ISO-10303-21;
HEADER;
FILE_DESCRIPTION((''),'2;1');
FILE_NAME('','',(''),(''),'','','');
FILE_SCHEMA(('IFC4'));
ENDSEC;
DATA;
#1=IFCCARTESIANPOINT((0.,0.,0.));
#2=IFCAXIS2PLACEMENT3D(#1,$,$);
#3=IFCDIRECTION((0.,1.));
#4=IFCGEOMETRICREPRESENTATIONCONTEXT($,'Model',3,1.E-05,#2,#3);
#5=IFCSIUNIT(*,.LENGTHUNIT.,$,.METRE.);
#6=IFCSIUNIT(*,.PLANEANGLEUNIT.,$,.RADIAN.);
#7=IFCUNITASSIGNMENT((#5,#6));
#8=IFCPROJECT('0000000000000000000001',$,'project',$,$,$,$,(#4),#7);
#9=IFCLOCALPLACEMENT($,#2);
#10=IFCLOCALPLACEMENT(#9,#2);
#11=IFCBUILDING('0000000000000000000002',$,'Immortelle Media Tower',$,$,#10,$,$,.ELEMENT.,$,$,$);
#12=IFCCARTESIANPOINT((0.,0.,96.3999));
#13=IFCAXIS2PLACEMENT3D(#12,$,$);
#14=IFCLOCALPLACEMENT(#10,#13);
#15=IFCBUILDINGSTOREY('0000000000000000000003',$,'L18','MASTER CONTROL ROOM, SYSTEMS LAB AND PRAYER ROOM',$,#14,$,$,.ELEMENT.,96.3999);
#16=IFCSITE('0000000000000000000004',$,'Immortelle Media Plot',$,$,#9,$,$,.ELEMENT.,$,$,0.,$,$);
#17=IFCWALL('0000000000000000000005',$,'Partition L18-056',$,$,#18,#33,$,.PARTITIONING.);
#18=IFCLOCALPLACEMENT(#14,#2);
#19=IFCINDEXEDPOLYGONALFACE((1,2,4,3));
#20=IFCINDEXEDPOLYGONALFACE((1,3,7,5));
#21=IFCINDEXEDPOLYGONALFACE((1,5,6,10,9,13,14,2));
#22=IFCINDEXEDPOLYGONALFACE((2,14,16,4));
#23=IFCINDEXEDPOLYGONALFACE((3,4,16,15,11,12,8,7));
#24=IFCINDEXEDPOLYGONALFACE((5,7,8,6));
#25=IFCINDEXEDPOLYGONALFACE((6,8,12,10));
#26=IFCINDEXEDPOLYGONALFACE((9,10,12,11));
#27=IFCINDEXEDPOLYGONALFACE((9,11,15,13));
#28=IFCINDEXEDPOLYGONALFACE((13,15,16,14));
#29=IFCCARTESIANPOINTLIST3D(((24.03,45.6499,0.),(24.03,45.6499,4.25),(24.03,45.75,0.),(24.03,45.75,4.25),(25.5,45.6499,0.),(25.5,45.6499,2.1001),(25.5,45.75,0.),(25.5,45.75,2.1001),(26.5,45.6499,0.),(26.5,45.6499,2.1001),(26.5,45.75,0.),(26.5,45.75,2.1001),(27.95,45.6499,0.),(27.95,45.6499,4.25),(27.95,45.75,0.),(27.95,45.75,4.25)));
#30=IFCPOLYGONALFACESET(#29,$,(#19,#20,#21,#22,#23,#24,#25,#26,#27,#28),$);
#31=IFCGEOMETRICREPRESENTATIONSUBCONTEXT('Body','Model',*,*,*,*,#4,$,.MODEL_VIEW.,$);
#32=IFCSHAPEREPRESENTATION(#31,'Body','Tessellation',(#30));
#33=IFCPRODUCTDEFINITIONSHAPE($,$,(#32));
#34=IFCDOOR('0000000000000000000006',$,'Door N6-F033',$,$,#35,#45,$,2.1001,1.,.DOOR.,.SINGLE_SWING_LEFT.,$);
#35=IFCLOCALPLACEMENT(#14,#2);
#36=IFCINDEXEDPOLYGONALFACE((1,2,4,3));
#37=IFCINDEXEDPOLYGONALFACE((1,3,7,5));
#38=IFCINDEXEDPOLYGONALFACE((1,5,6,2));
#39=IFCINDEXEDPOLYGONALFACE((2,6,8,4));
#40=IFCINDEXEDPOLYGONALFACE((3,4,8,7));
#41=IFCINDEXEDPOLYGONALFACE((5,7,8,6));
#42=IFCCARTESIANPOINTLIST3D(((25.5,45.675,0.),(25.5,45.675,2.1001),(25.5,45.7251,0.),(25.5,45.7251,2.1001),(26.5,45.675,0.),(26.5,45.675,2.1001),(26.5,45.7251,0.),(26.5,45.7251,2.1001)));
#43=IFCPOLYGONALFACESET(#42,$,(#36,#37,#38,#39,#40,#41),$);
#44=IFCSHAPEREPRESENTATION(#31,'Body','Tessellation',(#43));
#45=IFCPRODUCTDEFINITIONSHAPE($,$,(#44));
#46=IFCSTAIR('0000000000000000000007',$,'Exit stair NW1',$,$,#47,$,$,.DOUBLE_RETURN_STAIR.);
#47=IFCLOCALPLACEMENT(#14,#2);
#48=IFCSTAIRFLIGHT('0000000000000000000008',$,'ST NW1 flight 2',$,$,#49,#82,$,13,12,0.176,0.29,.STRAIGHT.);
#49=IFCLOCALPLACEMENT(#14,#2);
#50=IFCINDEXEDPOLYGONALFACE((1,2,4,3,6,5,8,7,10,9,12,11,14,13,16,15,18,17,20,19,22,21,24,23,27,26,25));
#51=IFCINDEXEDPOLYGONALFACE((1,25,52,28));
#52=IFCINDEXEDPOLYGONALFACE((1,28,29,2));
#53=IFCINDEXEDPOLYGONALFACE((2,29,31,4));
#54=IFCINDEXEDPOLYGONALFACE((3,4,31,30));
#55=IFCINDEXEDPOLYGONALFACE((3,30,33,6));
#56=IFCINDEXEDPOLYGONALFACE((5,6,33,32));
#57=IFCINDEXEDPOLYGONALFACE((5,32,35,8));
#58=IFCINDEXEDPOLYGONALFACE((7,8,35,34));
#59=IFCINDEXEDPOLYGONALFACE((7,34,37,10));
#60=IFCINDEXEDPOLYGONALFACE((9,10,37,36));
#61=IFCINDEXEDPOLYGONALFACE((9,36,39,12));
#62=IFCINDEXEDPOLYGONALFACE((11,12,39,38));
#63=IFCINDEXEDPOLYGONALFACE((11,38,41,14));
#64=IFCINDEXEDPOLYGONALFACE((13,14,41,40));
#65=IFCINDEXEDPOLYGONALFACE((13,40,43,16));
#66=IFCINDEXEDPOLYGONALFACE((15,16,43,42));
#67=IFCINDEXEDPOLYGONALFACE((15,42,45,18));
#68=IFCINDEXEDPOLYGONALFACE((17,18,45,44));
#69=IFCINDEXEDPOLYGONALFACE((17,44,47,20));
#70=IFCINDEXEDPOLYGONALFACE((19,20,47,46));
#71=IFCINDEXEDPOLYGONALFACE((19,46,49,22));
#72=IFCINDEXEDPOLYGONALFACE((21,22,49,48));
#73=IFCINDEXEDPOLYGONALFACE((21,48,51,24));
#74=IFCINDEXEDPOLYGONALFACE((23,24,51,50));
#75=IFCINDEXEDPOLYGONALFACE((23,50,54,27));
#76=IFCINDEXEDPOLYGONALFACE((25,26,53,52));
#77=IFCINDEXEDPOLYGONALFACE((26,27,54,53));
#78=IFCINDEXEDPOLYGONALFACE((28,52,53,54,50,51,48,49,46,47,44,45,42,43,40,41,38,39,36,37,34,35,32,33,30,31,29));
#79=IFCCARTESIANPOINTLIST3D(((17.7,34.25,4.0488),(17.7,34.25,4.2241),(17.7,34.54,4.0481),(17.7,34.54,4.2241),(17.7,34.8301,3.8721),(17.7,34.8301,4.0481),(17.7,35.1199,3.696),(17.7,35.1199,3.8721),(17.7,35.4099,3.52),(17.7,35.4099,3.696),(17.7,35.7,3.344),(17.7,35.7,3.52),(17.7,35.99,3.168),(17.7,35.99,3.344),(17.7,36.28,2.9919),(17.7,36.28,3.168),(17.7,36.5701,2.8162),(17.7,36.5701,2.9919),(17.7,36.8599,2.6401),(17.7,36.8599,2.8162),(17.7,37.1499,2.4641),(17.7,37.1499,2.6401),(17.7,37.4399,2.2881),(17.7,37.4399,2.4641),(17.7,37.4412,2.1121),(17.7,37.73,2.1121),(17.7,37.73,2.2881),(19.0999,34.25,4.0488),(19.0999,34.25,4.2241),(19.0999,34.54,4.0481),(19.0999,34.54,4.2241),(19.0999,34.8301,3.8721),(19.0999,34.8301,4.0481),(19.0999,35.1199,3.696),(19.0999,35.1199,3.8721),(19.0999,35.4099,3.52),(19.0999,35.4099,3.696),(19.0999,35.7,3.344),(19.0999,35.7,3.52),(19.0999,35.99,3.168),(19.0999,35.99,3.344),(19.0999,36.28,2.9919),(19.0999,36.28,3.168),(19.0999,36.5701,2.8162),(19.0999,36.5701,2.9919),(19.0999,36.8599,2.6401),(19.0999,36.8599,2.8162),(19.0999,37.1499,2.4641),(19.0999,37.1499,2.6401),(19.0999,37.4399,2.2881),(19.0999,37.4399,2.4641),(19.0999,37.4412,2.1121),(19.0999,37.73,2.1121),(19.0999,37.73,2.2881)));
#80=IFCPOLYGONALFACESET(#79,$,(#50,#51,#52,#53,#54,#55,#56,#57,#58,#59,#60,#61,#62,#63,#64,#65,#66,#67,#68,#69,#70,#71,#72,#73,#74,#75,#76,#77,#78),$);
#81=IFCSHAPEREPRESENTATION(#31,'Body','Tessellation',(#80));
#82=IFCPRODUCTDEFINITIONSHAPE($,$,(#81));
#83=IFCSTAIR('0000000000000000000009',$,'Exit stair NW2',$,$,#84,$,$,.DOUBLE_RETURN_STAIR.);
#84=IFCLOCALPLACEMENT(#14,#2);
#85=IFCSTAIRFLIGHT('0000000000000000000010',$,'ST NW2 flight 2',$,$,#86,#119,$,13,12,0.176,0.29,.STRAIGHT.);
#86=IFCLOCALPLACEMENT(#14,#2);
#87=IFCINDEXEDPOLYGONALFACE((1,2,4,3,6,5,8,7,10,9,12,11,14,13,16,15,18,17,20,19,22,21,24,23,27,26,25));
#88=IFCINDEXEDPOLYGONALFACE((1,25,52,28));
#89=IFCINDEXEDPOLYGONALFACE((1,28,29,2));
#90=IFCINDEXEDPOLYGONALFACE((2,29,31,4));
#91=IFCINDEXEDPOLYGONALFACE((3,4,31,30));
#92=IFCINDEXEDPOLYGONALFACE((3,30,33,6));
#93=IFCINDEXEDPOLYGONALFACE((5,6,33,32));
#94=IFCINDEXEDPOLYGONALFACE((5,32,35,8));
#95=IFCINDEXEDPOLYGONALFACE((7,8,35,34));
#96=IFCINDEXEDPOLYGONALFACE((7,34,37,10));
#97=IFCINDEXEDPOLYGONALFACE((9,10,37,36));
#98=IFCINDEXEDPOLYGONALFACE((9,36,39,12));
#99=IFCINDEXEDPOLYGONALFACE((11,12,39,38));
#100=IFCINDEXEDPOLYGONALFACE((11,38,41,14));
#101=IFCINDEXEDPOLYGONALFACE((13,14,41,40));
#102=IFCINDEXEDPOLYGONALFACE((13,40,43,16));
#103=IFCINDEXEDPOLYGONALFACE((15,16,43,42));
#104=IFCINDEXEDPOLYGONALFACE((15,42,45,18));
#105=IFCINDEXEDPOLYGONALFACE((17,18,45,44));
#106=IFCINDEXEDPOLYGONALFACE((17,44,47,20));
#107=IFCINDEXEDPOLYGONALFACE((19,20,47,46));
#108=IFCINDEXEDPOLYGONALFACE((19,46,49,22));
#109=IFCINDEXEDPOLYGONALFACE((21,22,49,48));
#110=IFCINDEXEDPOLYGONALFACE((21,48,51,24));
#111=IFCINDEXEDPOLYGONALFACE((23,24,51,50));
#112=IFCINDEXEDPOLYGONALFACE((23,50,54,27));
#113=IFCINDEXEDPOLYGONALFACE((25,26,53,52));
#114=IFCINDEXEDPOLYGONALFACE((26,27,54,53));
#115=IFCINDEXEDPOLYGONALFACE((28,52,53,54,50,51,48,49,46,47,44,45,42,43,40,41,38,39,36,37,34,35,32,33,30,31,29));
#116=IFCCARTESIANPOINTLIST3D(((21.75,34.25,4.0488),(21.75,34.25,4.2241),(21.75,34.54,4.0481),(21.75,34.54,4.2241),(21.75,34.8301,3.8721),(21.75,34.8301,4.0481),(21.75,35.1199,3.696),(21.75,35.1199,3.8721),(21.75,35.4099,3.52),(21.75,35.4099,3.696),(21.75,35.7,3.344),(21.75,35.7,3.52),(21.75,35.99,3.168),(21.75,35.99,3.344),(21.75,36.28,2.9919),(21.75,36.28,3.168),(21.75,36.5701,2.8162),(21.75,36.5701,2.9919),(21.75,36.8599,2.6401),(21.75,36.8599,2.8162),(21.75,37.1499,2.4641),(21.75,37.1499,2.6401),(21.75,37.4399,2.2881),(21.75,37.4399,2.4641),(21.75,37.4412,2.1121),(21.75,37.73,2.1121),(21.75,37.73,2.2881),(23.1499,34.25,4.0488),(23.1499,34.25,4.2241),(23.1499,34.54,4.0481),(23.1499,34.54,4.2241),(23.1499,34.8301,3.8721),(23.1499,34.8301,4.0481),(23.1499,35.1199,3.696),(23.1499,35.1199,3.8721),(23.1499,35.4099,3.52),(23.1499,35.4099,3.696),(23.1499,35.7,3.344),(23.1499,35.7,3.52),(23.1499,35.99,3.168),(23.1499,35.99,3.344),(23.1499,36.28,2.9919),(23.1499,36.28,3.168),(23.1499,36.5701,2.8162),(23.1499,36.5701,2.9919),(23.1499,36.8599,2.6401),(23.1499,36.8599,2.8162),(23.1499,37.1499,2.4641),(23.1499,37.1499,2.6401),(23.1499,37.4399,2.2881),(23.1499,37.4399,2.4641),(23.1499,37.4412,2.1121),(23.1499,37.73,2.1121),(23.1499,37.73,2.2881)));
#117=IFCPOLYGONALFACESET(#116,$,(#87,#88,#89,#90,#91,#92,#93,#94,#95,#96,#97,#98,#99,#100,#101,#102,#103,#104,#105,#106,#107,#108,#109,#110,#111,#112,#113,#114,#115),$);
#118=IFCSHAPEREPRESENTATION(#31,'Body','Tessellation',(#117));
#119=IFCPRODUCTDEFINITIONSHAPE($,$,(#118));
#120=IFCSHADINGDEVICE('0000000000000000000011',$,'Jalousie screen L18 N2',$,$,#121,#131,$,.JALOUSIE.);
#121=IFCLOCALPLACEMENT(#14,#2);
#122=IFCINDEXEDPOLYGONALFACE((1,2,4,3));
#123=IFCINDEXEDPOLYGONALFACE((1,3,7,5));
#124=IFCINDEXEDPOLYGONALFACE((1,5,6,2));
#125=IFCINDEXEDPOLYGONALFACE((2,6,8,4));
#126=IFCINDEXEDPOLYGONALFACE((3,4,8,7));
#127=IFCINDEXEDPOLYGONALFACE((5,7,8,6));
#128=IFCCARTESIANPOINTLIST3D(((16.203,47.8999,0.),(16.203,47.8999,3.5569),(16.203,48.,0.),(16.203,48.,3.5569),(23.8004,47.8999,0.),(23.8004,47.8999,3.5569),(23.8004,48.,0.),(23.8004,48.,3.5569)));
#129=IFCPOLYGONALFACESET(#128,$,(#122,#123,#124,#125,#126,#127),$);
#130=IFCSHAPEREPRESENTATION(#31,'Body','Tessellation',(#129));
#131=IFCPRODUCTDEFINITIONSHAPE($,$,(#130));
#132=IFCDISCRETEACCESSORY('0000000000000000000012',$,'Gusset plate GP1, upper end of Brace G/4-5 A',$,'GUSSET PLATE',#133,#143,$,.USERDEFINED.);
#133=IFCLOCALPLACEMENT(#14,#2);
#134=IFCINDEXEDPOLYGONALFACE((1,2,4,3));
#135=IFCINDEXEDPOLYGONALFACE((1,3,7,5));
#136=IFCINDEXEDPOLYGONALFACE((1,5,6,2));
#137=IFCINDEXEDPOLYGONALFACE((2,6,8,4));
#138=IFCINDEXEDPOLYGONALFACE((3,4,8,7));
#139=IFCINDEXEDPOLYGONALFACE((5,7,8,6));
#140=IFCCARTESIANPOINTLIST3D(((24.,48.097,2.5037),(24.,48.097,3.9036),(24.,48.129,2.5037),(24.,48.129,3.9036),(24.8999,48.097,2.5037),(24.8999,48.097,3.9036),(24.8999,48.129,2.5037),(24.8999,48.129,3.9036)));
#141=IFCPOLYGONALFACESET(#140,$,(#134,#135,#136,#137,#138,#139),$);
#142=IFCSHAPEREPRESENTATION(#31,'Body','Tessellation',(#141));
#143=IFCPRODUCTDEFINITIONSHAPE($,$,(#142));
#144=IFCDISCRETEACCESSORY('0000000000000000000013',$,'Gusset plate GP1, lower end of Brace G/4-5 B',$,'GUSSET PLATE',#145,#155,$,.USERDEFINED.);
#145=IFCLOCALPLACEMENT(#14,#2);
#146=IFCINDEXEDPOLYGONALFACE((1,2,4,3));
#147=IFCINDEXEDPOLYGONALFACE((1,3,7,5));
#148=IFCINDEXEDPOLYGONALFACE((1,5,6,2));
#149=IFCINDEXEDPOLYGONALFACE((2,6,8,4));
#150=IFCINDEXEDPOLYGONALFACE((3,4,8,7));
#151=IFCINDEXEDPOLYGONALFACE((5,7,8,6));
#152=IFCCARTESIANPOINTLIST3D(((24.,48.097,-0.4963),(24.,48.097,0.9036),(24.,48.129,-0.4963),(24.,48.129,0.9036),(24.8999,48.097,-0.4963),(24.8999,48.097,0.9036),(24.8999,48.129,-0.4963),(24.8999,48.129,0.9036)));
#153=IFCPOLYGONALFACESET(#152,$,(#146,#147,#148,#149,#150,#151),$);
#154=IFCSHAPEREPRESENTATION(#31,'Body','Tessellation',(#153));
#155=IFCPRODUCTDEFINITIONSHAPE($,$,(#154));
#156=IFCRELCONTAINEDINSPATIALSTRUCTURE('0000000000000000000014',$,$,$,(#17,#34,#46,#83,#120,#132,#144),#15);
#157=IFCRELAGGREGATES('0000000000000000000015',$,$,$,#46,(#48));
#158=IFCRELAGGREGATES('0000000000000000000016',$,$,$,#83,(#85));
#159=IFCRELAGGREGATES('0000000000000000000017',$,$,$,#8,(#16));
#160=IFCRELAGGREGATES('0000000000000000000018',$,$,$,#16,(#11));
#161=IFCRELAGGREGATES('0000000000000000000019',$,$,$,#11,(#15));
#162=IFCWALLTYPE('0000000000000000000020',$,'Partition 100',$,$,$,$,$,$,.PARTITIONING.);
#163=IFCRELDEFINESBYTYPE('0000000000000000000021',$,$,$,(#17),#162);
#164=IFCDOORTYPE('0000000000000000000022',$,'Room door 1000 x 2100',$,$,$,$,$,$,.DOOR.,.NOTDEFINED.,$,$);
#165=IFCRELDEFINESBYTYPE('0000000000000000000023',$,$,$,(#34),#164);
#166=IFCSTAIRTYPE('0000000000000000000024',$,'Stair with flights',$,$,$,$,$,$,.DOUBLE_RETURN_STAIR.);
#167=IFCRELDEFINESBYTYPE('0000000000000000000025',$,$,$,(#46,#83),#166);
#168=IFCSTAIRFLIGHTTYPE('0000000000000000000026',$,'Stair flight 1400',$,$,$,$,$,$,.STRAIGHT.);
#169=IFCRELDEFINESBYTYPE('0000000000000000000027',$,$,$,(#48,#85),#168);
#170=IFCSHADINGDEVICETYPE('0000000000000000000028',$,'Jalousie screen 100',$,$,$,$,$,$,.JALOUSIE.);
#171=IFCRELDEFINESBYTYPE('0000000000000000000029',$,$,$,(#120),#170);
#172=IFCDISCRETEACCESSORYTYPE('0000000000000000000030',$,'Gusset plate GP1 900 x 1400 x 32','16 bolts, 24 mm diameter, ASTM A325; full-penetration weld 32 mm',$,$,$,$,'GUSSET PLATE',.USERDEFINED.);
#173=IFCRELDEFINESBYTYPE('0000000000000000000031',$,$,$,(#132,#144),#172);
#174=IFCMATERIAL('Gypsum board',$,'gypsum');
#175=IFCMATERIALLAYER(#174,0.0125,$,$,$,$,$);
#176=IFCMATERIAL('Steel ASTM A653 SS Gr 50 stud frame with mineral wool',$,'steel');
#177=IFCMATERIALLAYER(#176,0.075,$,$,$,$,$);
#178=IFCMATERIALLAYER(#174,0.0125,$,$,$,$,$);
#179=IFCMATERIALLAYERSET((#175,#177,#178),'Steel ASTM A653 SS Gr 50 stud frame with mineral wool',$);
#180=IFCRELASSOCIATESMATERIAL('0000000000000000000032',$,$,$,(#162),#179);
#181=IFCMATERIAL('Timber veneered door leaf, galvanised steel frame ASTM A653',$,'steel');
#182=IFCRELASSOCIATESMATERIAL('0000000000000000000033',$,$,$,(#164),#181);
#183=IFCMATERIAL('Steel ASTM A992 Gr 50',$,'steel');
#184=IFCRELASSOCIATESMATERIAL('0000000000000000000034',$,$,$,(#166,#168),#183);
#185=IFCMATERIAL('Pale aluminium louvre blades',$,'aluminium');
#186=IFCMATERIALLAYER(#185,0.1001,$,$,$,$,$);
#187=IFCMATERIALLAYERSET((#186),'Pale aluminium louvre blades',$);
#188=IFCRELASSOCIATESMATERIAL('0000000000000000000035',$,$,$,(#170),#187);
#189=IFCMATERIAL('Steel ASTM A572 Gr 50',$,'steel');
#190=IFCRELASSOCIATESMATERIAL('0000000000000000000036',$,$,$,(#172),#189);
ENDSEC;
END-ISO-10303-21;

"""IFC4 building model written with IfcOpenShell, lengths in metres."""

from ifc_helpers import new_model, si_unit, direction, frame, frame_2d, origin, origin_2d, place, context, subcontext, project, spatial, polyline, rectangle, outline, extrude, material, layer, layer_set, material_profile, profile_set, type_object, element, fill, aggregate, save


model = new_model("IFC4")

# Units and contexts
model_context = context("Model", 3, precision=1e-05, world=origin(), true_north=direction((0.0, 1.0)))
body_context = subcontext(model_context, "Body", "Model", "MODEL_VIEW")
ifc_project = project(units=[si_unit("LENGTHUNIT", "METRE"), si_unit("PLANEANGLEUNIT", "RADIAN")], contexts=[model_context])

# Site, building, storey
site_placement = place(None, origin())
site = spatial("IfcSite", under=ifc_project, at=site_placement, Name="Immortelle Media Plot", CompositionType="ELEMENT", RefElevation=0.0)
building_placement = place(site_placement, origin())
building = spatial("IfcBuilding", under=site, at=building_placement, Name="Immortelle Media Tower", CompositionType="ELEMENT")
storey_placement = place(building_placement, frame((0.0, 0.0, 96.3999)))
storey = spatial("IfcBuildingStorey", under=building, at=storey_placement, Name="L18", Description="MASTER CONTROL ROOM, SYSTEMS LAB AND PRAYER ROOM", CompositionType="ELEMENT", Elevation=96.3999)

# Shared definitions
ifc_material_1 = material(Name="Steel ASTM A992 Gr 50", Category="steel")

# Shared definitions
ifc_material_2 = material(Name="Steel ASTM A653 SS Gr 50 stud frame with mineral wool", Category="steel")

# Shared definitions
ifc_material_3 = material(Name="Gypsum board", Category="gypsum")
ifc_layer_1 = layer(ifc_material_3, 0.0125)
ifc_layer_2 = layer(ifc_material_2, 0.075)
ifc_layer_3 = layer(ifc_material_3, 0.0125)
ifc_layer_set_1 = layer_set([ifc_layer_1, ifc_layer_2, ifc_layer_3], Name="Steel ASTM A653 SS Gr 50 stud frame with mineral wool")
wall_type_1 = type_object("IfcWallType", Name="Partition 100", PredefinedType="PARTITIONING", material=ifc_layer_set_1)

# Wall, opening, door
wall_1_placement = place(storey_placement, frame((24.03, 45.7, 0.0), z_axis=(0.0, 0.0, 1.0), x_axis=(1.0, 0.0, 0.0)))
wall_1 = element("IfcWall", 1, at=wall_1_placement, inside=storey, type_object=wall_type_1, Name="Partition L18-056", PredefinedType="PARTITIONING", context=body_context, shape_type="SweptSolid", body=[
    extrude(rectangle(XDim=3.9199, YDim=0.1001, at=frame_2d((1.96, 0.0))), origin(), (0.0, 0.0, 1.0), 4.25),
])
opening_1_placement = place(wall_1_placement, frame((2.47, 0.0, 0.0), z_axis=(0.0, 0.0, 1.0), x_axis=(-1.0, 0.0, 0.0)))
opening_1 = element("IfcOpeningElement", 2, at=opening_1_placement, cuts=wall_1, PredefinedType="OPENING", context=body_context, shape_type="SweptSolid", body=[
    extrude(rectangle(XDim=1.0, YDim=2.1001, at=frame_2d((0.5, 1.05))), frame((0.0, 0.0601, 0.0), z_axis=(0.0, -1.0, 0.0), x_axis=(1.0, 0.0, 0.0)), (0.0, 0.0, 1.0), 0.1201),
])
ifc_material_4 = material(Name="Timber veneered door leaf, galvanised steel frame ASTM A653", Category="steel")
door_type_1 = type_object("IfcDoorType", Name="Room door 1000 x 2100", OperationType="NOTDEFINED", PredefinedType="DOOR", material=ifc_material_4)
door_1_placement = place(opening_1_placement, origin())
door_1 = element("IfcDoor", 3, at=door_1_placement, inside=storey, type_object=door_type_1, Name="Door N6-F033", OperationType="SINGLE_SWING_LEFT", OverallHeight=2.1001, OverallWidth=1.0, PredefinedType="DOOR", context=body_context, shape_type="SweptSolid", body=[
    extrude(rectangle(XDim=1.0, YDim=2.1001, at=frame_2d((0.5, 1.05))), frame((0.0, 0.0249, 0.0), z_axis=(0.0, -1.0, 0.0), x_axis=(1.0, 0.0, 0.0)), (0.0, 0.0, 1.0), 0.05),
])
fill(opening_1, door_1)

# Stairs, stair flights
stair_type = type_object("IfcStairType", Name="Stair with flights", PredefinedType="DOUBLE_RETURN_STAIR", material=ifc_material_1)
stair_1_placement = place(storey_placement, origin())
stair_1 = element("IfcStair", 4, at=stair_1_placement, inside=storey, type_object=stair_type, Name="Exit stair NW1", PredefinedType="DOUBLE_RETURN_STAIR")
stair_flight_type = type_object("IfcStairFlightType", Name="Stair flight 1400", PredefinedType="STRAIGHT", material=ifc_material_1)
stair_flight_1_placement = place(storey_placement, frame((18.3999, 37.73, 2.1121), z_axis=(0.0, 0.0, 1.0), x_axis=(0.0, -1.0, 0.0)))
stair_flight_1 = element("IfcStairFlight", 5, at=stair_flight_1_placement, type_object=stair_flight_type, Name="ST NW1 flight 2", NumberOfRisers=13, NumberOfTreads=12, PredefinedType="STRAIGHT", RiserHeight=0.176, TreadLength=0.29, context=body_context, shape_type="SweptSolid", body=[
    extrude(outline(polyline([(0.0, 0.0), (0.0, 0.176), (0.29, 0.176), (0.29, 0.3521), (0.5801, 0.3521), (0.5801, 0.5281), (0.8701, 0.5281), (0.8701, 0.7041), (1.1599, 0.7041), (1.1599, 0.8799), (1.45, 0.8799), (1.45, 1.0559), (1.74, 1.0559), (1.74, 1.2319), (2.03, 1.2319), (2.03, 1.408), (2.3201, 1.408), (2.3201, 1.584), (2.6101, 1.584), (2.6101, 1.76), (2.8999, 1.76), (2.8999, 1.936), (3.1899, 1.936), (3.1899, 2.1121), (3.48, 2.1121), (3.48, 2.2881), (3.48, 1.9368), (0.2888, 0.0), (0.0, 0.0)])), frame((0.0, 0.7, 0.0), z_axis=(0.0, -1.0, 0.0), x_axis=(1.0, 0.0, 0.0)), (0.0, 0.0, 1.0), 1.3999),
])
aggregate(stair_1, [stair_flight_1])
stair_2_placement = place(storey_placement, origin())
stair_2 = element("IfcStair", 6, at=stair_2_placement, inside=storey, type_object=stair_type, Name="Exit stair NW2", PredefinedType="DOUBLE_RETURN_STAIR")
stair_flight_2_placement = place(storey_placement, frame((22.45, 37.73, 2.1121), z_axis=(0.0, 0.0, 1.0), x_axis=(0.0, -1.0, 0.0)))
stair_flight_2 = element("IfcStairFlight", 7, at=stair_flight_2_placement, type_object=stair_flight_type, Name="ST NW2 flight 2", NumberOfRisers=13, NumberOfTreads=12, PredefinedType="STRAIGHT", RiserHeight=0.176, TreadLength=0.29, context=body_context, shape_type="SweptSolid", body=[
    extrude(outline(polyline([(0.0, 0.0), (0.0, 0.176), (0.29, 0.176), (0.29, 0.3521), (0.5801, 0.3521), (0.5801, 0.5281), (0.8701, 0.5281), (0.8701, 0.7041), (1.1599, 0.7041), (1.1599, 0.8799), (1.45, 0.8799), (1.45, 1.0559), (1.74, 1.0559), (1.74, 1.2319), (2.03, 1.2319), (2.03, 1.408), (2.3201, 1.408), (2.3201, 1.584), (2.6101, 1.584), (2.6101, 1.76), (2.8999, 1.76), (2.8999, 1.936), (3.1899, 1.936), (3.1899, 2.1121), (3.48, 2.1121), (3.48, 2.2881), (3.48, 1.9368), (0.2888, 0.0), (0.0, 0.0)])), frame((0.0, 0.7, 0.0), z_axis=(0.0, -1.0, 0.0), x_axis=(1.0, 0.0, 0.0)), (0.0, 0.0, 1.0), 1.3999),
])
aggregate(stair_2, [stair_flight_2])

# Shading device
ifc_material_5 = material(Name="Pale aluminium louvre blades", Category="aluminium")
ifc_layer_4 = layer(ifc_material_5, 0.1001)
ifc_layer_set_2 = layer_set([ifc_layer_4], Name="Pale aluminium louvre blades")
shading_device_type = type_object("IfcShadingDeviceType", Name="Jalousie screen 100", PredefinedType="JALOUSIE", material=ifc_layer_set_2)
shading_device_placement = place(storey_placement, frame((20.0017, 47.95, 0.0), z_axis=(0.0, 0.0, 1.0), x_axis=(-1.0, 0.0, 0.0)))
element("IfcShadingDevice", 8, at=shading_device_placement, inside=storey, type_object=shading_device_type, Name="Jalousie screen L18 N2", PredefinedType="JALOUSIE", context=body_context, shape_type="SweptSolid", body=[
    extrude(rectangle(XDim=7.5974, YDim=0.1001, at=origin_2d()), origin(), (0.0, 0.0, 1.0), 3.5569),
])

# Discrete accessories
ifc_material_6 = material(Name="Steel ASTM A572 Gr 50", Category="steel")
ifc_material_profile_1 = material_profile(ifc_material_6, rectangle(XDim=0.032, YDim=1.3999, at=origin_2d()), Name="PL 32 x 1400")
ifc_profile_set_1 = profile_set([ifc_material_profile_1], Name="Steel ASTM A572 Gr 50")
discrete_accessory_type = type_object("IfcDiscreteAccessoryType", Name="Gusset plate GP1 900 x 1400 x 32", Description="16 bolts, 24 mm diameter, ASTM A325; full-penetration weld 32 mm", ElementType="GUSSET PLATE", PredefinedType="USERDEFINED", material=ifc_profile_set_1)
for number, where, z_axis, x_axis, name in (
    (9, (24.0, 48.113, 3.2036), (1.0, 0.0, 0.0), (0.0, 1.0, 0.0), "Gusset plate GP1, upper end of Brace G/4-5 A"),
    (10, (24.0, 48.113, 0.2036), (1.0, 0.0, 0.0), (0.0, 1.0, 0.0), "Gusset plate GP1, lower end of Brace G/4-5 B"),
):
    element("IfcDiscreteAccessory", number, at=place(storey_placement, frame(where, z_axis=z_axis, x_axis=x_axis)), inside=storey, type_object=discrete_accessory_type, Name=name, ObjectType="GUSSET PLATE", PredefinedType="USERDEFINED", context=body_context, shape_type="SweptSolid", body=[
        extrude(rectangle(XDim=0.032, YDim=1.3999, at=origin_2d()), origin(), (0.0, 0.0, 1.0), 0.8999),
    ])

save(model, "model.ifc")
